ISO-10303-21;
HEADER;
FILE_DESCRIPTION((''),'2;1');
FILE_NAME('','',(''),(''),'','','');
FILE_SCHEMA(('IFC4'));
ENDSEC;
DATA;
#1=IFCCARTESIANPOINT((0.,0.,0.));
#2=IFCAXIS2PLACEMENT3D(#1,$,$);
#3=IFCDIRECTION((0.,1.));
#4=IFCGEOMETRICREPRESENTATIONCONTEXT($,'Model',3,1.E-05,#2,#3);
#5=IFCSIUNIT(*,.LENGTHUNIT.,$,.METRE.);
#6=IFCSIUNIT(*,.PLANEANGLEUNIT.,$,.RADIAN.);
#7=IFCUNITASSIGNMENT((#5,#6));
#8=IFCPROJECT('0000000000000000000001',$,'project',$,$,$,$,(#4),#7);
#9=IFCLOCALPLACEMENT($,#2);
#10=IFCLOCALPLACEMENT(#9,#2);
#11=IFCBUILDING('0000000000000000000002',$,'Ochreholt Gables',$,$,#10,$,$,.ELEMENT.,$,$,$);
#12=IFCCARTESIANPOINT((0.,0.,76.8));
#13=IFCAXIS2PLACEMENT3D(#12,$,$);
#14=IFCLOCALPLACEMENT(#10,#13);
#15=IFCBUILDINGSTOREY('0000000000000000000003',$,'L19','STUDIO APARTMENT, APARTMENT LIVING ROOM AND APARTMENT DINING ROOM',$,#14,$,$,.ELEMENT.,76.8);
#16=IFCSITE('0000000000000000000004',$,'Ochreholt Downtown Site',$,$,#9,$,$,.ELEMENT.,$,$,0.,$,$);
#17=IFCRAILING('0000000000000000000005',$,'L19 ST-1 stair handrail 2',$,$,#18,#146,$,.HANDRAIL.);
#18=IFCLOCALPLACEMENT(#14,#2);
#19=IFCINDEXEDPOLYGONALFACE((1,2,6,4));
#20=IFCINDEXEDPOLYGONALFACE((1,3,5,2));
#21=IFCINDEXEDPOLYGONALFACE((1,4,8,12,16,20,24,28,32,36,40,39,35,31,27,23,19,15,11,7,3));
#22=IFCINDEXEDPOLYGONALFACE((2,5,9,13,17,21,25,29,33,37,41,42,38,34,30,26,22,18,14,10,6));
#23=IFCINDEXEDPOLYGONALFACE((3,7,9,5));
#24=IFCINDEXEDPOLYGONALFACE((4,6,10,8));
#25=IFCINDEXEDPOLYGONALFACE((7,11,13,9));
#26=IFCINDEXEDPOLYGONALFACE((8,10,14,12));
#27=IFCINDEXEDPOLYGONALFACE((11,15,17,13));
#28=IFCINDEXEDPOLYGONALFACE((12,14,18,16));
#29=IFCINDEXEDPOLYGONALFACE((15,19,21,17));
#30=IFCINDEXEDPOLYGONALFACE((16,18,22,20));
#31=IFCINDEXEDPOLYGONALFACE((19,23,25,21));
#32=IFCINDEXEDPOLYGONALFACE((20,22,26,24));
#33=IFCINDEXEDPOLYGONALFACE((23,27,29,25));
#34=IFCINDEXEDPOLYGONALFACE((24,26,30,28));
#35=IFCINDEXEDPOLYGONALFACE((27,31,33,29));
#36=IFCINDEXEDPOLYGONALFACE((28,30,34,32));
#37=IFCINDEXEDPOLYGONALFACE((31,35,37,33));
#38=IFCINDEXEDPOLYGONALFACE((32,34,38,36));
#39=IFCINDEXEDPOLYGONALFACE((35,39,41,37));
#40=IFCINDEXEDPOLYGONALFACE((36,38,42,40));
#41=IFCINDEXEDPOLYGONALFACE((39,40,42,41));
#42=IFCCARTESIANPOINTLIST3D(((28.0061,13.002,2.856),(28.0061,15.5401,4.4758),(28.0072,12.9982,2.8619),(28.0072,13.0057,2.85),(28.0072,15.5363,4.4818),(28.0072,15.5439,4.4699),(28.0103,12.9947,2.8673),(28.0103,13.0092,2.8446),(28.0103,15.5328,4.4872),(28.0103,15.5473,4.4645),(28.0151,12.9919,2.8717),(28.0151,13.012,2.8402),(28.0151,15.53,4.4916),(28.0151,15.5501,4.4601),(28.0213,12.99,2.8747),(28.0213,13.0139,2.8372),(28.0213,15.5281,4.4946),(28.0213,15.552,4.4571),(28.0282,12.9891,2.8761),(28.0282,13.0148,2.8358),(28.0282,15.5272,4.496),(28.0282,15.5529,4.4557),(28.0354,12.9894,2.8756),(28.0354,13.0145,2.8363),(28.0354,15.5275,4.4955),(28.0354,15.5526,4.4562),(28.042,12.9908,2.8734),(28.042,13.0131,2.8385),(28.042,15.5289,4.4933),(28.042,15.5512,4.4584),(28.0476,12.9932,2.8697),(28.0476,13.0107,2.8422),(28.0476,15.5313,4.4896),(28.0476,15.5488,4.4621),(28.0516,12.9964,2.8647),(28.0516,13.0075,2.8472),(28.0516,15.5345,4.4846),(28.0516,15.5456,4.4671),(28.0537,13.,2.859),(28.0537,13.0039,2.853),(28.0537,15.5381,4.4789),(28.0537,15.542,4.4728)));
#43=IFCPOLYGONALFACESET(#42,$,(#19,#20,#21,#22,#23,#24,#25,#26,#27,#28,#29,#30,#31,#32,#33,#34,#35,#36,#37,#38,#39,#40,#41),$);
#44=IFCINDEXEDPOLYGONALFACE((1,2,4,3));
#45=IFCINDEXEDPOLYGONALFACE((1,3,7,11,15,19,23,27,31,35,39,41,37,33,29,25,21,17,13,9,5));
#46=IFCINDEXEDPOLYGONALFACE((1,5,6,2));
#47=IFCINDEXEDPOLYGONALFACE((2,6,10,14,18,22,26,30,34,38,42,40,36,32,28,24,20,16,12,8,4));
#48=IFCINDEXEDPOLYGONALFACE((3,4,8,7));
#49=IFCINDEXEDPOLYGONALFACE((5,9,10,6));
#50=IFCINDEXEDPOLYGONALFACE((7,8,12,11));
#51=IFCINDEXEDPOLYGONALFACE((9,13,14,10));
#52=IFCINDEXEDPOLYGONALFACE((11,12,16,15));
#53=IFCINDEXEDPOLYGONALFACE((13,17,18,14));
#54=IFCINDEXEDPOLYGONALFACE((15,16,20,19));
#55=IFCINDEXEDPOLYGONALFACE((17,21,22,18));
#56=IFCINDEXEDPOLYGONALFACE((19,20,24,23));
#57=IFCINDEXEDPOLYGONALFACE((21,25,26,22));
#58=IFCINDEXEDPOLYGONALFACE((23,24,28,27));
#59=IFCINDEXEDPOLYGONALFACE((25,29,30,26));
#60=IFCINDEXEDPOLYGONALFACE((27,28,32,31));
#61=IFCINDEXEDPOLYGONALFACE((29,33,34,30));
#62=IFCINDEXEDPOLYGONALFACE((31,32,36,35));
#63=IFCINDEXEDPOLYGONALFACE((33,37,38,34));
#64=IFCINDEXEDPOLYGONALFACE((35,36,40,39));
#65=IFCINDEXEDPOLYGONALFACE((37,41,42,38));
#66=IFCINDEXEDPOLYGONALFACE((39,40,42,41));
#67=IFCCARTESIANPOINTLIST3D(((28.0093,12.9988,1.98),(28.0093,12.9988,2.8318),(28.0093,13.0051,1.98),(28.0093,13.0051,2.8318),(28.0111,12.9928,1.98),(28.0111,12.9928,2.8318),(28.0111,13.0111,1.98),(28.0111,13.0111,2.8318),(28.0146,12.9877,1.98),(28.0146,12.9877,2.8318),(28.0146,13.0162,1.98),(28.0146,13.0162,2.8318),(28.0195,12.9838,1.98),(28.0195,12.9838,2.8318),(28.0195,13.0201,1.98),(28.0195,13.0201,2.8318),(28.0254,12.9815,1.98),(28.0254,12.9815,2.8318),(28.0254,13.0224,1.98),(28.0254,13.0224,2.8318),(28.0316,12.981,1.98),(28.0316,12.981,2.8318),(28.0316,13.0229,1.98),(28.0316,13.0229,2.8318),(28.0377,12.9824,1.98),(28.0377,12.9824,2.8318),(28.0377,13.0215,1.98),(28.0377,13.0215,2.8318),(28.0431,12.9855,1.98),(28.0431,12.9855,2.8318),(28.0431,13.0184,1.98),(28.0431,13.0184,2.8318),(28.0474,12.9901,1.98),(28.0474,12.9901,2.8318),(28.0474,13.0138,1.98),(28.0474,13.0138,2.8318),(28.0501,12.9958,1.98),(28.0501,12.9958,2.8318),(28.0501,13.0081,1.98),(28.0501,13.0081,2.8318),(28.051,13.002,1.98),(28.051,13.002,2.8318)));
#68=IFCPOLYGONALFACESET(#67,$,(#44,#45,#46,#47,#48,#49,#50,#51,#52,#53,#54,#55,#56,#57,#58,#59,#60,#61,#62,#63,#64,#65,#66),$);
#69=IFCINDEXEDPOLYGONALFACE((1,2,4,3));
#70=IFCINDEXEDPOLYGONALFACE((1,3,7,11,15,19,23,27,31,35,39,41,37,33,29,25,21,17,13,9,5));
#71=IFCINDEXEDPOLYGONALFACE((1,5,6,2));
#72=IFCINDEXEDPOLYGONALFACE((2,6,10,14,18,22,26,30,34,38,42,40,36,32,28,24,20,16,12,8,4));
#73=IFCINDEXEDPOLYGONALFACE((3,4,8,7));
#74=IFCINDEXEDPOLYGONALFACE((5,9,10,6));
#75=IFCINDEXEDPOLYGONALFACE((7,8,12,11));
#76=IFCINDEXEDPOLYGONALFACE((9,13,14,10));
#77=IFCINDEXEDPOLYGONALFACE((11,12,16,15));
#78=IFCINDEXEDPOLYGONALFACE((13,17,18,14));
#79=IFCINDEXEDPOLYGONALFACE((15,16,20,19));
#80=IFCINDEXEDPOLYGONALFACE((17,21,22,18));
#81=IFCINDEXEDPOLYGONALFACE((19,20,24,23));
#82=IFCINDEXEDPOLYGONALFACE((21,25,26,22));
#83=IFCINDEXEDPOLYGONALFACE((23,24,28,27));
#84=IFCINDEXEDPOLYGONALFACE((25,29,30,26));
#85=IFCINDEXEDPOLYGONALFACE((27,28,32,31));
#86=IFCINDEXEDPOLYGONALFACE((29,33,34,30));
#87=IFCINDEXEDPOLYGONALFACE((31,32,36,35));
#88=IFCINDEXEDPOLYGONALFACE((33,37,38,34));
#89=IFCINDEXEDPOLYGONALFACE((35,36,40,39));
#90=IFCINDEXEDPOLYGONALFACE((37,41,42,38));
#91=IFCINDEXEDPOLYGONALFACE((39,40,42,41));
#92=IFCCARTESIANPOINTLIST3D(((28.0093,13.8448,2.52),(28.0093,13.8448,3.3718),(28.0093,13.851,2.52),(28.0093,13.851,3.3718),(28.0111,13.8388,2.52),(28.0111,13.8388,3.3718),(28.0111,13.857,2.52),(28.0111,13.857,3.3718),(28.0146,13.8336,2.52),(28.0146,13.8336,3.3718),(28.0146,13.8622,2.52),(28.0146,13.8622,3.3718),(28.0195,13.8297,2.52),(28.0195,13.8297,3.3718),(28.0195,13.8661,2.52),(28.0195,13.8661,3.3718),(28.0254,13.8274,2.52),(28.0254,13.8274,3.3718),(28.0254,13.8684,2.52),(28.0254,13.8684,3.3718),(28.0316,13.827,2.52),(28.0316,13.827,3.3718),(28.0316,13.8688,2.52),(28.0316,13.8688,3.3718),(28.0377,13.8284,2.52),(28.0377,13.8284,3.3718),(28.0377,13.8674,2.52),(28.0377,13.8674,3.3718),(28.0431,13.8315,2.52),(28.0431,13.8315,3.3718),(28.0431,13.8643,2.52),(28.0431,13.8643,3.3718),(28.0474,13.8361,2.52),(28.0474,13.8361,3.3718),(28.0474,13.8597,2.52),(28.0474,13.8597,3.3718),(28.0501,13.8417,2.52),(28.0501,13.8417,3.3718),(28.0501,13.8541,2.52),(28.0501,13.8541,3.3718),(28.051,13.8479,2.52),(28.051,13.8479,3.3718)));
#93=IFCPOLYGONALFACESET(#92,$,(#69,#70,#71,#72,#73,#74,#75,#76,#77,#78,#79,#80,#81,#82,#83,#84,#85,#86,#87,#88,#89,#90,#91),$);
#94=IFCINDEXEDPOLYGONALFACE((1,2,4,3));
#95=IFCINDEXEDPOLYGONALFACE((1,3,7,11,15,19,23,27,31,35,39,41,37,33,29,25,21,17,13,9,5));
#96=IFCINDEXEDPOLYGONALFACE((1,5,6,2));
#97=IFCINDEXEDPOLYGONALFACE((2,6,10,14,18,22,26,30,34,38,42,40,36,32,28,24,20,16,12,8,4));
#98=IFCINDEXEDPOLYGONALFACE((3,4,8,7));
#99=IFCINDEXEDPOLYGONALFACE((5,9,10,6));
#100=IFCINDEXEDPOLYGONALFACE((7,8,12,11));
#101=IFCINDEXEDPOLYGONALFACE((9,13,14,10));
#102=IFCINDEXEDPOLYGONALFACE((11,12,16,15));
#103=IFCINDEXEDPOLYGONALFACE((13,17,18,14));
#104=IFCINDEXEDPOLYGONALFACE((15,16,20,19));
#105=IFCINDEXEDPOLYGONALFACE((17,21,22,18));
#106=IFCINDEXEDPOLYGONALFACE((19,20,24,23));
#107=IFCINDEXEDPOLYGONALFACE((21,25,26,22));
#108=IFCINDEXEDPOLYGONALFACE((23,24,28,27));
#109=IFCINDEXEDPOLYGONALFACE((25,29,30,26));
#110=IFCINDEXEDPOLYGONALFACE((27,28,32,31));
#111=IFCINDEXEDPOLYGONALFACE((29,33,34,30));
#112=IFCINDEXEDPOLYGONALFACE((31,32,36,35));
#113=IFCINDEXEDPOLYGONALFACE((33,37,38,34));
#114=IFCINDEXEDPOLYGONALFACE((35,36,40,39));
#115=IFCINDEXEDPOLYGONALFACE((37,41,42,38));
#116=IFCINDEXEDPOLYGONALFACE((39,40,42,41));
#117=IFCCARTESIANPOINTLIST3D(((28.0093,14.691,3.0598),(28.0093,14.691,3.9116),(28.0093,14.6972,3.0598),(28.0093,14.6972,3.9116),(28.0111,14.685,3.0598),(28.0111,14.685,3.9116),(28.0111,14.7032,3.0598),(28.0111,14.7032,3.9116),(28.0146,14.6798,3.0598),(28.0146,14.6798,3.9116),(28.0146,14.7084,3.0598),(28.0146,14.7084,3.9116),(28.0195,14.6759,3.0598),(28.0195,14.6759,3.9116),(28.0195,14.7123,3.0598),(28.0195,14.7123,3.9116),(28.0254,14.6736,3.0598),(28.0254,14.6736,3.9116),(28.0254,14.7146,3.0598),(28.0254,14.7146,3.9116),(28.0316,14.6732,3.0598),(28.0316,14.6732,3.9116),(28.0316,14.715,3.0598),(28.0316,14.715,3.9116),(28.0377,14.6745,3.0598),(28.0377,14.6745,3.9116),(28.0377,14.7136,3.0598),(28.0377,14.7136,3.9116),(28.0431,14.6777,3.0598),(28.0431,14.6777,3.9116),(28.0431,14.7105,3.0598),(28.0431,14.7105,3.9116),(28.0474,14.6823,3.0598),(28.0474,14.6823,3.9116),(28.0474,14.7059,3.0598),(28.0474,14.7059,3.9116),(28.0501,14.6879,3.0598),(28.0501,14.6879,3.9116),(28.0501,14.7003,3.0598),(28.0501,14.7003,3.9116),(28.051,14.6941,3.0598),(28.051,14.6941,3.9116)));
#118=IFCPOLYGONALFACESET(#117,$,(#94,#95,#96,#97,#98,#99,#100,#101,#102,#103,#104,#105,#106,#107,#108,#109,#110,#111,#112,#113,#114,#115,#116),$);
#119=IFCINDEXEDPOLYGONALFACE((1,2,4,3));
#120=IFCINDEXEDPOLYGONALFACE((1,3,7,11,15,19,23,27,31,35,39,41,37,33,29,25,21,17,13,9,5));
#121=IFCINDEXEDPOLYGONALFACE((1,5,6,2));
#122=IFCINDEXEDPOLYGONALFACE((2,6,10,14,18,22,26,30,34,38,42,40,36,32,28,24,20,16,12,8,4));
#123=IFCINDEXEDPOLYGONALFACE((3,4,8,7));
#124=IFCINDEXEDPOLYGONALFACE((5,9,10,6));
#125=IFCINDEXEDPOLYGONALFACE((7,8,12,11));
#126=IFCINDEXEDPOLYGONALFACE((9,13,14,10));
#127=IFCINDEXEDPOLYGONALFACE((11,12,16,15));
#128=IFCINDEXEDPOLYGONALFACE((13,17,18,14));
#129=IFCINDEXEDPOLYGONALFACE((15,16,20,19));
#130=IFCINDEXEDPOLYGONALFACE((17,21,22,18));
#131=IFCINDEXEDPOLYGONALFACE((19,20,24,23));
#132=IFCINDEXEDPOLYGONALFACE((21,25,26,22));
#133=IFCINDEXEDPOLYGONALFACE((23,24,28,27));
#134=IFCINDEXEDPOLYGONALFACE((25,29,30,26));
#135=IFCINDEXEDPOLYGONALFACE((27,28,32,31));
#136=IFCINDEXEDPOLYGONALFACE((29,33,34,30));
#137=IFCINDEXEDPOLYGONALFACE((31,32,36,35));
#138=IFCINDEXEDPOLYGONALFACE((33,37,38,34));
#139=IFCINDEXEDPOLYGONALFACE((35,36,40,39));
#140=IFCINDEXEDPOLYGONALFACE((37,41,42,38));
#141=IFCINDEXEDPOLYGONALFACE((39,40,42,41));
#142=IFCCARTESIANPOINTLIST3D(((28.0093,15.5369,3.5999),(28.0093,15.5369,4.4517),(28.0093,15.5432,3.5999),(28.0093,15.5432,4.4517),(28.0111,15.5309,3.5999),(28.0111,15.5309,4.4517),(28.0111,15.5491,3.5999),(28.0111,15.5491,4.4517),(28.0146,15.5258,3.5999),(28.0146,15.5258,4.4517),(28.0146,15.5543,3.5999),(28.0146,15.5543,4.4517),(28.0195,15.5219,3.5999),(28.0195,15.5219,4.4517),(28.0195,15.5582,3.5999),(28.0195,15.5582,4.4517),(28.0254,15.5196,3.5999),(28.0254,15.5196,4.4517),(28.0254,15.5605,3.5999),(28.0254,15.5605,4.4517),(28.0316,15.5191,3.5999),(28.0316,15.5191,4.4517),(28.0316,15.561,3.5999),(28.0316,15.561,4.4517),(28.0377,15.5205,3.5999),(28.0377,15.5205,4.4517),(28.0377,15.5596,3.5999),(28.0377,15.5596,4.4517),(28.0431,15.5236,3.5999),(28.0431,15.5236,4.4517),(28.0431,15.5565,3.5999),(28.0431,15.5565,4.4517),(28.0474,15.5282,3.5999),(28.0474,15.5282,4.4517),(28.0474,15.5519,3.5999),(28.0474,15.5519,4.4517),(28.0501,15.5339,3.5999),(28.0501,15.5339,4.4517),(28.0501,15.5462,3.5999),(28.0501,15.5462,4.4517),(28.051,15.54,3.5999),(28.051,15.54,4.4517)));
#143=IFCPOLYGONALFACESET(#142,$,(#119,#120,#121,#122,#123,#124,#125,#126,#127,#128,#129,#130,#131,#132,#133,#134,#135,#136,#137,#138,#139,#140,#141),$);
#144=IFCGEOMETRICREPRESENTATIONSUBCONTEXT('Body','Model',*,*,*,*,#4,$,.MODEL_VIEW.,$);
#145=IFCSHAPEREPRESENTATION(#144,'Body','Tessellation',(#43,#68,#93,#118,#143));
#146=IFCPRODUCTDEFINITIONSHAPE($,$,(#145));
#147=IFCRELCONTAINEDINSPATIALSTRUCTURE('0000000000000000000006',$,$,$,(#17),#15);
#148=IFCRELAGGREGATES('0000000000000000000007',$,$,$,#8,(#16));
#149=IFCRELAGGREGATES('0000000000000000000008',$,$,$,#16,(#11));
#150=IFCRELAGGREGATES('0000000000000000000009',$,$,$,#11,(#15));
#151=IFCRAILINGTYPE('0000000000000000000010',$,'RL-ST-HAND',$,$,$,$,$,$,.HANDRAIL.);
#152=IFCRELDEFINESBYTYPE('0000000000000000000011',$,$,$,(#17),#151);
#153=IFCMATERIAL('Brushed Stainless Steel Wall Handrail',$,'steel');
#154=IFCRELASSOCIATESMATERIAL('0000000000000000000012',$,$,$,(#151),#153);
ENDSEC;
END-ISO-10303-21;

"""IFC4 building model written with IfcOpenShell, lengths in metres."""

from ifc_helpers import new_model, si_unit, direction, frame, origin, origin_2d, place, context, subcontext, project, spatial, circle, extrude, material, type_object, element, save


model = new_model("IFC4")

# Units and contexts
model_context = context("Model", 3, precision=1e-05, world=origin(), true_north=direction((0.0, 1.0)))
body_context = subcontext(model_context, "Body", "Model", "MODEL_VIEW")
ifc_project = project(units=[si_unit("LENGTHUNIT", "METRE"), si_unit("PLANEANGLEUNIT", "RADIAN")], contexts=[model_context])

# Site, building, storey
site_placement = place(None, origin())
site = spatial("IfcSite", under=ifc_project, at=site_placement, Name="Ochreholt Downtown Site", CompositionType="ELEMENT", RefElevation=0.0)
building_placement = place(site_placement, origin())
building = spatial("IfcBuilding", under=site, at=building_placement, Name="Ochreholt Gables", CompositionType="ELEMENT")
storey_placement = place(building_placement, frame((0.0, 0.0, 76.8)))
storey = spatial("IfcBuildingStorey", under=building, at=storey_placement, Name="L19", Description="STUDIO APARTMENT, APARTMENT LIVING ROOM AND APARTMENT DINING ROOM", CompositionType="ELEMENT", Elevation=76.8)

# Railing
ifc_material_1 = material(Name="Brushed Stainless Steel Wall Handrail", Category="steel")
railing_type_1 = type_object("IfcRailingType", Name="RL-ST-HAND", PredefinedType="HANDRAIL", material=ifc_material_1)
railing_1_placement = place(storey_placement, frame((28.03, 13.002, 1.98)))
element("IfcRailing", 1, at=railing_1_placement, inside=storey, type_object=railing_type_1, Name="L19 ST-1 stair handrail 2", PredefinedType="HANDRAIL", context=body_context, shape_type="SweptSolid", body=[
    extrude(circle(Radius=0.0239, at=origin_2d()), frame((0.0, 0.0, 0.876), z_axis=(0.0, 0.84295, 0.537993), x_axis=(-1.0, 0.0, 0.0)), (0.0, 0.0, 1.0), 3.011),
    extrude(circle(Radius=0.021, at=origin_2d()), origin(), (0.0, 0.0, 1.0), 0.8518),
    extrude(circle(Radius=0.021, at=origin_2d()), frame((0.0, 0.8459, 0.54)), (0.0, 0.0, 1.0), 0.8518),
    extrude(circle(Radius=0.021, at=origin_2d()), frame((0.0, 1.6921, 1.0798)), (0.0, 0.0, 1.0), 0.8518),
    extrude(circle(Radius=0.021, at=origin_2d()), frame((0.0, 2.5381, 1.6199)), (0.0, 0.0, 1.0), 0.8518),
])

save(model, "model.ifc")
